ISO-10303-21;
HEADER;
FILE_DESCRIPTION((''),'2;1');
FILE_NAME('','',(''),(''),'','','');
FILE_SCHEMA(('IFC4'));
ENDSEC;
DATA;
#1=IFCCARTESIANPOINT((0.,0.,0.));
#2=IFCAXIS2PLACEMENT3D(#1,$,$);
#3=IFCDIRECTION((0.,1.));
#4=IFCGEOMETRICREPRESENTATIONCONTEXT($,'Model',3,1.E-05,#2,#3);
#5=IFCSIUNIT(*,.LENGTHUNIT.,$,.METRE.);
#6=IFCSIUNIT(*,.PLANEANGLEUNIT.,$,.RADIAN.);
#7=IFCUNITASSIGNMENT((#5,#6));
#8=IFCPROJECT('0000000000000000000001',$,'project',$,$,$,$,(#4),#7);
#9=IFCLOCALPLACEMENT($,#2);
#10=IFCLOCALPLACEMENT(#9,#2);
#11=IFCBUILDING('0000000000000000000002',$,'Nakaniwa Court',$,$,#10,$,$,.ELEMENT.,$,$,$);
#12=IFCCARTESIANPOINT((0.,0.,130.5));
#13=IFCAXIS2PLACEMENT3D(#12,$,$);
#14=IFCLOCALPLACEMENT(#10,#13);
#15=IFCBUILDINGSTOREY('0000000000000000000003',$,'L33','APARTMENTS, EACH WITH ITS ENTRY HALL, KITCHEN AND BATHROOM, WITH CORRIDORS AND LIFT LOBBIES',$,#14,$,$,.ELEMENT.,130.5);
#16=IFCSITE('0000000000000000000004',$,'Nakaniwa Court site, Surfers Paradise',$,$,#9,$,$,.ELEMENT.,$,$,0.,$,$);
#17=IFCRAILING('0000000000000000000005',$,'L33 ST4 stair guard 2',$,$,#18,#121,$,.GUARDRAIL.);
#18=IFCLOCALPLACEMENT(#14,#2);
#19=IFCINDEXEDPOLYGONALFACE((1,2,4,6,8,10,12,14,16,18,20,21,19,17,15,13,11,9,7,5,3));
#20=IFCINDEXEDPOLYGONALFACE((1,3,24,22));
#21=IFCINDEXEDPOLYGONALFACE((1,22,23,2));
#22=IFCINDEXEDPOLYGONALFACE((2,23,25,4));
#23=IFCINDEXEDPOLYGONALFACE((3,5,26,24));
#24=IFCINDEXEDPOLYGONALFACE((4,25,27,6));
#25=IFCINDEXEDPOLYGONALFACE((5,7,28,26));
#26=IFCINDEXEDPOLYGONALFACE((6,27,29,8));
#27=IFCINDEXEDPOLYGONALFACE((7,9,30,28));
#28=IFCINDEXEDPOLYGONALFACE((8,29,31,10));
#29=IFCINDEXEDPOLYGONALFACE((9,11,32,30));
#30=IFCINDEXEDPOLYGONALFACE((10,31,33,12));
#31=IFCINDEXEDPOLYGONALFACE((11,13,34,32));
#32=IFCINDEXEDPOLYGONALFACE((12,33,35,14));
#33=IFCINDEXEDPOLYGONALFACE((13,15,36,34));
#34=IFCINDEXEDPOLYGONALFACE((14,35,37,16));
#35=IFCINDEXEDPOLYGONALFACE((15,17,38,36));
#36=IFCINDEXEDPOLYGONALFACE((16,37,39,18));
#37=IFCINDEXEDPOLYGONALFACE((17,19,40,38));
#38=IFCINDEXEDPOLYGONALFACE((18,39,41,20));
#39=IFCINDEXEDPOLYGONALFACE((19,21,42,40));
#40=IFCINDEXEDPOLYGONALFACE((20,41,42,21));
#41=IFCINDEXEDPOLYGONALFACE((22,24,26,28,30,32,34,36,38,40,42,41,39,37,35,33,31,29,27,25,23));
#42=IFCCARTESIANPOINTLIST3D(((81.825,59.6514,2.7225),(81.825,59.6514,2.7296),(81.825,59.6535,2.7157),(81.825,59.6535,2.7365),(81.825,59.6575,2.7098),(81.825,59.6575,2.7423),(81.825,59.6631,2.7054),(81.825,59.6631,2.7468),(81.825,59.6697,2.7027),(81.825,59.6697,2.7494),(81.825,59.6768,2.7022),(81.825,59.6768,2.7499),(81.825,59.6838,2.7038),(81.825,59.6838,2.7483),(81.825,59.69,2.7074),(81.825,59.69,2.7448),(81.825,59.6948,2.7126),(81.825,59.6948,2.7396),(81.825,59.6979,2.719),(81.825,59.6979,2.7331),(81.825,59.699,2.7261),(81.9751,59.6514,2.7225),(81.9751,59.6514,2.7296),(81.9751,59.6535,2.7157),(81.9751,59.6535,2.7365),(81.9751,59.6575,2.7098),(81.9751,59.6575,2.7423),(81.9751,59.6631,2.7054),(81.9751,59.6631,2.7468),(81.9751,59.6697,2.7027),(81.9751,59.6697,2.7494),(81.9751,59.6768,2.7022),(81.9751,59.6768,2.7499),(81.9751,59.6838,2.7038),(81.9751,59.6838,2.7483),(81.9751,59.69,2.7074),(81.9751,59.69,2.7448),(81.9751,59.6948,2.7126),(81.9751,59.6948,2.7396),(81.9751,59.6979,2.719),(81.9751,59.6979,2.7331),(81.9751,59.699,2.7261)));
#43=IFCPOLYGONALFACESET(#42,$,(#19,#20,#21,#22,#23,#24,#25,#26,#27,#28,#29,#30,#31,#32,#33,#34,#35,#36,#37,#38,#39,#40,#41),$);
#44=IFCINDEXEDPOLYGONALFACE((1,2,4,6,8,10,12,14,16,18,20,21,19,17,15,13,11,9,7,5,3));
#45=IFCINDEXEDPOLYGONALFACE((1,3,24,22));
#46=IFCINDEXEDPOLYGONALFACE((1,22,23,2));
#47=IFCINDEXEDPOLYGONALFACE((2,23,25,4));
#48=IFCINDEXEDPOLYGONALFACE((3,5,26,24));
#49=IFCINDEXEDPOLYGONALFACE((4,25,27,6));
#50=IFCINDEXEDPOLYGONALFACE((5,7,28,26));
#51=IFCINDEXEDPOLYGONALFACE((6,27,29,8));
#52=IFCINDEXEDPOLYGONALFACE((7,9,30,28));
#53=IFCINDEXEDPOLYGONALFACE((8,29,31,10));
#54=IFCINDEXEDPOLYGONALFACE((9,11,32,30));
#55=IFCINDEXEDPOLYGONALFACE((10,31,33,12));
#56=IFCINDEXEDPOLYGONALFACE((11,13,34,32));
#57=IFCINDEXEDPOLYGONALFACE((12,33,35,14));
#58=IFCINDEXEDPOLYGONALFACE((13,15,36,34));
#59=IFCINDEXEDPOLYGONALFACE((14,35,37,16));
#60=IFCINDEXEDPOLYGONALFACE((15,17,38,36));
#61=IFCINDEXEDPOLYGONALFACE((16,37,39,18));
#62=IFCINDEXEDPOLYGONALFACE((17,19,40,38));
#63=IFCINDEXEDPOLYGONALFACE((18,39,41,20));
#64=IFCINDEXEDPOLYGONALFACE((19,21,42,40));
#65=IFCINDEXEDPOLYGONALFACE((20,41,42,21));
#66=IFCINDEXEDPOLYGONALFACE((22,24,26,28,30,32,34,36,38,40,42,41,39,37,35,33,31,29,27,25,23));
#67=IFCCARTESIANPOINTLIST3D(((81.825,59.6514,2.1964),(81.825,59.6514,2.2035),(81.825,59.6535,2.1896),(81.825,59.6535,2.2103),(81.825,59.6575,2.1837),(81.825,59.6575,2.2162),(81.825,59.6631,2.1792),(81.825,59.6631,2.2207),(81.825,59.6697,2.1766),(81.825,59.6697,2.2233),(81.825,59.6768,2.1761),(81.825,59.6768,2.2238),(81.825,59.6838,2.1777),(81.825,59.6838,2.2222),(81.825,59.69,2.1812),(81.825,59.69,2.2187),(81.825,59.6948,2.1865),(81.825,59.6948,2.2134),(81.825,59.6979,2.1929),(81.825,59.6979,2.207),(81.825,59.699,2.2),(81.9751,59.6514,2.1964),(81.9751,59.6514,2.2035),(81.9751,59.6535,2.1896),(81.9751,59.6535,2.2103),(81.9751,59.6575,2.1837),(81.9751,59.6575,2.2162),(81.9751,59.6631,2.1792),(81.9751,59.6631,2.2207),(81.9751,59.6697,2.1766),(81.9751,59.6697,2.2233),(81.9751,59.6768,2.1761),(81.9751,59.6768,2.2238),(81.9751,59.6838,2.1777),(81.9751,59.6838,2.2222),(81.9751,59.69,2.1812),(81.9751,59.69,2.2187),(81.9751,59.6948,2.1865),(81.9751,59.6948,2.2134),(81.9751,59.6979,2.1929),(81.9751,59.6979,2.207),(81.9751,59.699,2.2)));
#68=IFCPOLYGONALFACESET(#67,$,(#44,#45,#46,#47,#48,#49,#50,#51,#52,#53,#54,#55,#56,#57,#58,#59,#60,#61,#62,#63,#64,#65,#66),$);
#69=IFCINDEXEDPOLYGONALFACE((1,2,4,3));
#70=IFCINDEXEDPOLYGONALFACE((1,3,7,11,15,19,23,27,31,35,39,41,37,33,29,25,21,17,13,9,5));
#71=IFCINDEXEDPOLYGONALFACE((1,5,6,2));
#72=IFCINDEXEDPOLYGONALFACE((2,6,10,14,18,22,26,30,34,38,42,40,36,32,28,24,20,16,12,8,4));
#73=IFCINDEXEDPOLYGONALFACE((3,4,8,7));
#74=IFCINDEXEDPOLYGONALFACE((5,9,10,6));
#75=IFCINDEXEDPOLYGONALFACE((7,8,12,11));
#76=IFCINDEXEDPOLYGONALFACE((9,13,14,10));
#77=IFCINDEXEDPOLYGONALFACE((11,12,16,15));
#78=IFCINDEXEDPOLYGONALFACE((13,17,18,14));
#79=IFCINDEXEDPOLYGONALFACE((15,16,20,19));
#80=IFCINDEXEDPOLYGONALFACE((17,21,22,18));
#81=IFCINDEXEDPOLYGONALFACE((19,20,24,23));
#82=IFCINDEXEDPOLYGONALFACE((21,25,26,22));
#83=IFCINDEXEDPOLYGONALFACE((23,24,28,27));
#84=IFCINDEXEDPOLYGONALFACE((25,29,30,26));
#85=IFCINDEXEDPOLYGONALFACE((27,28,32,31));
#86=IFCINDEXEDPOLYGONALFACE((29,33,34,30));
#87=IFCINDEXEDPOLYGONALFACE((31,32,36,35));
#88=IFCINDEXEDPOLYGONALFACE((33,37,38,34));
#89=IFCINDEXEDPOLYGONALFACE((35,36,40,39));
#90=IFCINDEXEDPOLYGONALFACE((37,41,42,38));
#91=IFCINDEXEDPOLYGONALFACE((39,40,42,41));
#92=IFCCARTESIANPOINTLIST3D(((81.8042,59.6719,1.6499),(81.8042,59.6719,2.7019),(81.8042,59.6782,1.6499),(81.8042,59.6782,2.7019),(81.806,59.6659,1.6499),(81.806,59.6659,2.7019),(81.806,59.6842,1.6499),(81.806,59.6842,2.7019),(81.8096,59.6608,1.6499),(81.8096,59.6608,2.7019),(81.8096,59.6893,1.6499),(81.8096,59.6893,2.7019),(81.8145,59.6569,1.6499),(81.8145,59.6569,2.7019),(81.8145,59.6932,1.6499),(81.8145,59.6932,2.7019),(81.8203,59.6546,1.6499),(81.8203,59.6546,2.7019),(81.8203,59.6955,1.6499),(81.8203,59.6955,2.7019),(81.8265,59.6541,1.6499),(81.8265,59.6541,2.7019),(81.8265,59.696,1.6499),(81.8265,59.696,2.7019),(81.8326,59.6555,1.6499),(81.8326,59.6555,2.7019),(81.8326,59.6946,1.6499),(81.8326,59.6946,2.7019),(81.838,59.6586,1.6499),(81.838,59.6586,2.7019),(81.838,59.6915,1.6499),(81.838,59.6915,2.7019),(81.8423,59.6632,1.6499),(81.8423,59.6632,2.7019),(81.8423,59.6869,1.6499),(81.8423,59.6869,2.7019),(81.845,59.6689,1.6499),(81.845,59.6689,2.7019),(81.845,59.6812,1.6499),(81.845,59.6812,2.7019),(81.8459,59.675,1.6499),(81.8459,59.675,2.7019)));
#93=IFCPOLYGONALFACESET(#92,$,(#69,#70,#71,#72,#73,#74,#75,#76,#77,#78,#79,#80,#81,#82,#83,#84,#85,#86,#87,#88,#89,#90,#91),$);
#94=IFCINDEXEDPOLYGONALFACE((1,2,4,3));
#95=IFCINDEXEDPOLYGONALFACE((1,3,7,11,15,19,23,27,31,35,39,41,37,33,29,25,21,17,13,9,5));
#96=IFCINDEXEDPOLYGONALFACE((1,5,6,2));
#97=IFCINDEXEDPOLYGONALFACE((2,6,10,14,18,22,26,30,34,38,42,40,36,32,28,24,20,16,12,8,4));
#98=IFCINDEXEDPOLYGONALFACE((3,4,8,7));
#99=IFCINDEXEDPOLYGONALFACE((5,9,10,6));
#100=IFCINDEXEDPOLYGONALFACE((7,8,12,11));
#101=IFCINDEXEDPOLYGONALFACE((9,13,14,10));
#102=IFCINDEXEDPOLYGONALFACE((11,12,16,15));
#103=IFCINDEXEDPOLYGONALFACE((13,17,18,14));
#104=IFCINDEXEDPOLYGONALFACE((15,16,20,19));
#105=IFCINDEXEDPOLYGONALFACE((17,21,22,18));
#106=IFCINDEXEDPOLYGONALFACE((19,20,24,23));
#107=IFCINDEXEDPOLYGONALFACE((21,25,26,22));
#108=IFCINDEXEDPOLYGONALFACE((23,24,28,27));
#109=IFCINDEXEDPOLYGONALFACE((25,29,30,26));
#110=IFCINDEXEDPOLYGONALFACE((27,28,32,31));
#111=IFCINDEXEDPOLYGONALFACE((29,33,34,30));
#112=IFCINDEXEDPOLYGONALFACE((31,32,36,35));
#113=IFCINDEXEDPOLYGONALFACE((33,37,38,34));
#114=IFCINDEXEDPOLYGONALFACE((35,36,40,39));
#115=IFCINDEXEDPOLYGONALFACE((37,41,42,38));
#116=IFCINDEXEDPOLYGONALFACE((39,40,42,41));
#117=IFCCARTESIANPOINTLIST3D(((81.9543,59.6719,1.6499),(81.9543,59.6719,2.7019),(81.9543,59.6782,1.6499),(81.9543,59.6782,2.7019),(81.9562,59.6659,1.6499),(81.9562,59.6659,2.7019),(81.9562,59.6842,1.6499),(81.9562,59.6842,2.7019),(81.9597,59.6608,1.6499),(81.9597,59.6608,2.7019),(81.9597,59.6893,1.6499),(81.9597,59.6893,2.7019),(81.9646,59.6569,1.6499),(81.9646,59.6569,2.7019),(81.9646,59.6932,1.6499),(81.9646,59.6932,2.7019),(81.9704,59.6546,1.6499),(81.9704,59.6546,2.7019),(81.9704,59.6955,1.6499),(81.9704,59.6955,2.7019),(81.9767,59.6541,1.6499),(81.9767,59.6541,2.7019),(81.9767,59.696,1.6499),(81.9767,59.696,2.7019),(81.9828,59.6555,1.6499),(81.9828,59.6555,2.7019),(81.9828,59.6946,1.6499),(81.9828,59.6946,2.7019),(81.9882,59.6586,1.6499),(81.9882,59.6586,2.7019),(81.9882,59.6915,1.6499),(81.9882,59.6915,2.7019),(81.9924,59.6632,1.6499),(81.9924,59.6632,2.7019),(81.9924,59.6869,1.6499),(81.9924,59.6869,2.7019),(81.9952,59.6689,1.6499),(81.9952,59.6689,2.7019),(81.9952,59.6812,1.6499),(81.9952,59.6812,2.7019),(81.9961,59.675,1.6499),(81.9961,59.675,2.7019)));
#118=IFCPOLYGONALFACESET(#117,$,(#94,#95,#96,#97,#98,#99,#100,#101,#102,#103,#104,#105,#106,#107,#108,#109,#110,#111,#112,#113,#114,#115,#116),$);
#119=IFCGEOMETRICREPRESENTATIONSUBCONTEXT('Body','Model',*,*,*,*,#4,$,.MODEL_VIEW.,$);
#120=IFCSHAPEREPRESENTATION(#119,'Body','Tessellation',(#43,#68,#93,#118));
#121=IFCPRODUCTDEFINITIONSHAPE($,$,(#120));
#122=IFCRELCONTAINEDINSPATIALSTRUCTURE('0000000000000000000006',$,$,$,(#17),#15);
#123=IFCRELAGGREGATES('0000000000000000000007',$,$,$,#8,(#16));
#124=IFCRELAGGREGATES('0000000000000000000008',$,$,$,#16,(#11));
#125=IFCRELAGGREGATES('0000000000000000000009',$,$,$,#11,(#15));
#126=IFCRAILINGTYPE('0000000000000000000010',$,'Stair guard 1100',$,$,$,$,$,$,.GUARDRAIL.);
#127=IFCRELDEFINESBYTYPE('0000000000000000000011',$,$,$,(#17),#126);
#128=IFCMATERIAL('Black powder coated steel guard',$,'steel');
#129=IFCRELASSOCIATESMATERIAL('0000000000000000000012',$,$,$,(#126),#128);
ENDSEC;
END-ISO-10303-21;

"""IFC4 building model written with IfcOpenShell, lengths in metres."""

from ifc_helpers import new_model, si_unit, direction, frame, origin, origin_2d, place, context, subcontext, project, spatial, circle, extrude, material, type_object, element, save


model = new_model("IFC4")

# Units and contexts
model_context = context("Model", 3, precision=1e-05, world=origin(), true_north=direction((0.0, 1.0)))
body_context = subcontext(model_context, "Body", "Model", "MODEL_VIEW")
ifc_project = project(units=[si_unit("LENGTHUNIT", "METRE"), si_unit("PLANEANGLEUNIT", "RADIAN")], contexts=[model_context])

# Site, building, storey
site_placement = place(None, origin())
site = spatial("IfcSite", under=ifc_project, at=site_placement, Name="Nakaniwa Court site, Surfers Paradise", CompositionType="ELEMENT", RefElevation=0.0)
building_placement = place(site_placement, origin())
building = spatial("IfcBuilding", under=site, at=building_placement, Name="Nakaniwa Court", CompositionType="ELEMENT")
storey_placement = place(building_placement, frame((0.0, 0.0, 130.5)))
storey = spatial("IfcBuildingStorey", under=building, at=storey_placement, Name="L33", Description="APARTMENTS, EACH WITH ITS ENTRY HALL, KITCHEN AND BATHROOM, WITH CORRIDORS AND LIFT LOBBIES", CompositionType="ELEMENT", Elevation=130.5)

# Railing
ifc_material_1 = material(Name="Black powder coated steel guard", Category="steel")
railing_type_1 = type_object("IfcRailingType", Name="Stair guard 1100", PredefinedType="GUARDRAIL", material=ifc_material_1)
railing_1_placement = place(storey_placement, frame((81.825, 59.675, 1.6499)))
element("IfcRailing", 1, at=railing_1_placement, inside=storey, type_object=railing_type_1, Name="L33 ST4 stair guard 2", PredefinedType="GUARDRAIL", context=body_context, shape_type="SweptSolid", body=[
    extrude(circle(Radius=0.0239, at=origin_2d()), frame((0.0, 0.0, 1.0762), z_axis=(1.0, 0.0, 0.0), x_axis=(0.0, 1.0, 0.0)), (0.0, 0.0, 1.0), 0.1501),
    extrude(circle(Radius=0.0239, at=origin_2d()), frame((0.0, 0.0, 0.55), z_axis=(1.0, 0.0, 0.0), x_axis=(0.0, 1.0, 0.0)), (0.0, 0.0, 1.0), 0.1501),
    extrude(circle(Radius=0.021, at=origin_2d()), origin(), (0.0, 0.0, 1.0), 1.052),
    extrude(circle(Radius=0.021, at=origin_2d()), frame((0.1501, 0.0, 0.0)), (0.0, 0.0, 1.0), 1.052),
])

save(model, "model.ifc")
